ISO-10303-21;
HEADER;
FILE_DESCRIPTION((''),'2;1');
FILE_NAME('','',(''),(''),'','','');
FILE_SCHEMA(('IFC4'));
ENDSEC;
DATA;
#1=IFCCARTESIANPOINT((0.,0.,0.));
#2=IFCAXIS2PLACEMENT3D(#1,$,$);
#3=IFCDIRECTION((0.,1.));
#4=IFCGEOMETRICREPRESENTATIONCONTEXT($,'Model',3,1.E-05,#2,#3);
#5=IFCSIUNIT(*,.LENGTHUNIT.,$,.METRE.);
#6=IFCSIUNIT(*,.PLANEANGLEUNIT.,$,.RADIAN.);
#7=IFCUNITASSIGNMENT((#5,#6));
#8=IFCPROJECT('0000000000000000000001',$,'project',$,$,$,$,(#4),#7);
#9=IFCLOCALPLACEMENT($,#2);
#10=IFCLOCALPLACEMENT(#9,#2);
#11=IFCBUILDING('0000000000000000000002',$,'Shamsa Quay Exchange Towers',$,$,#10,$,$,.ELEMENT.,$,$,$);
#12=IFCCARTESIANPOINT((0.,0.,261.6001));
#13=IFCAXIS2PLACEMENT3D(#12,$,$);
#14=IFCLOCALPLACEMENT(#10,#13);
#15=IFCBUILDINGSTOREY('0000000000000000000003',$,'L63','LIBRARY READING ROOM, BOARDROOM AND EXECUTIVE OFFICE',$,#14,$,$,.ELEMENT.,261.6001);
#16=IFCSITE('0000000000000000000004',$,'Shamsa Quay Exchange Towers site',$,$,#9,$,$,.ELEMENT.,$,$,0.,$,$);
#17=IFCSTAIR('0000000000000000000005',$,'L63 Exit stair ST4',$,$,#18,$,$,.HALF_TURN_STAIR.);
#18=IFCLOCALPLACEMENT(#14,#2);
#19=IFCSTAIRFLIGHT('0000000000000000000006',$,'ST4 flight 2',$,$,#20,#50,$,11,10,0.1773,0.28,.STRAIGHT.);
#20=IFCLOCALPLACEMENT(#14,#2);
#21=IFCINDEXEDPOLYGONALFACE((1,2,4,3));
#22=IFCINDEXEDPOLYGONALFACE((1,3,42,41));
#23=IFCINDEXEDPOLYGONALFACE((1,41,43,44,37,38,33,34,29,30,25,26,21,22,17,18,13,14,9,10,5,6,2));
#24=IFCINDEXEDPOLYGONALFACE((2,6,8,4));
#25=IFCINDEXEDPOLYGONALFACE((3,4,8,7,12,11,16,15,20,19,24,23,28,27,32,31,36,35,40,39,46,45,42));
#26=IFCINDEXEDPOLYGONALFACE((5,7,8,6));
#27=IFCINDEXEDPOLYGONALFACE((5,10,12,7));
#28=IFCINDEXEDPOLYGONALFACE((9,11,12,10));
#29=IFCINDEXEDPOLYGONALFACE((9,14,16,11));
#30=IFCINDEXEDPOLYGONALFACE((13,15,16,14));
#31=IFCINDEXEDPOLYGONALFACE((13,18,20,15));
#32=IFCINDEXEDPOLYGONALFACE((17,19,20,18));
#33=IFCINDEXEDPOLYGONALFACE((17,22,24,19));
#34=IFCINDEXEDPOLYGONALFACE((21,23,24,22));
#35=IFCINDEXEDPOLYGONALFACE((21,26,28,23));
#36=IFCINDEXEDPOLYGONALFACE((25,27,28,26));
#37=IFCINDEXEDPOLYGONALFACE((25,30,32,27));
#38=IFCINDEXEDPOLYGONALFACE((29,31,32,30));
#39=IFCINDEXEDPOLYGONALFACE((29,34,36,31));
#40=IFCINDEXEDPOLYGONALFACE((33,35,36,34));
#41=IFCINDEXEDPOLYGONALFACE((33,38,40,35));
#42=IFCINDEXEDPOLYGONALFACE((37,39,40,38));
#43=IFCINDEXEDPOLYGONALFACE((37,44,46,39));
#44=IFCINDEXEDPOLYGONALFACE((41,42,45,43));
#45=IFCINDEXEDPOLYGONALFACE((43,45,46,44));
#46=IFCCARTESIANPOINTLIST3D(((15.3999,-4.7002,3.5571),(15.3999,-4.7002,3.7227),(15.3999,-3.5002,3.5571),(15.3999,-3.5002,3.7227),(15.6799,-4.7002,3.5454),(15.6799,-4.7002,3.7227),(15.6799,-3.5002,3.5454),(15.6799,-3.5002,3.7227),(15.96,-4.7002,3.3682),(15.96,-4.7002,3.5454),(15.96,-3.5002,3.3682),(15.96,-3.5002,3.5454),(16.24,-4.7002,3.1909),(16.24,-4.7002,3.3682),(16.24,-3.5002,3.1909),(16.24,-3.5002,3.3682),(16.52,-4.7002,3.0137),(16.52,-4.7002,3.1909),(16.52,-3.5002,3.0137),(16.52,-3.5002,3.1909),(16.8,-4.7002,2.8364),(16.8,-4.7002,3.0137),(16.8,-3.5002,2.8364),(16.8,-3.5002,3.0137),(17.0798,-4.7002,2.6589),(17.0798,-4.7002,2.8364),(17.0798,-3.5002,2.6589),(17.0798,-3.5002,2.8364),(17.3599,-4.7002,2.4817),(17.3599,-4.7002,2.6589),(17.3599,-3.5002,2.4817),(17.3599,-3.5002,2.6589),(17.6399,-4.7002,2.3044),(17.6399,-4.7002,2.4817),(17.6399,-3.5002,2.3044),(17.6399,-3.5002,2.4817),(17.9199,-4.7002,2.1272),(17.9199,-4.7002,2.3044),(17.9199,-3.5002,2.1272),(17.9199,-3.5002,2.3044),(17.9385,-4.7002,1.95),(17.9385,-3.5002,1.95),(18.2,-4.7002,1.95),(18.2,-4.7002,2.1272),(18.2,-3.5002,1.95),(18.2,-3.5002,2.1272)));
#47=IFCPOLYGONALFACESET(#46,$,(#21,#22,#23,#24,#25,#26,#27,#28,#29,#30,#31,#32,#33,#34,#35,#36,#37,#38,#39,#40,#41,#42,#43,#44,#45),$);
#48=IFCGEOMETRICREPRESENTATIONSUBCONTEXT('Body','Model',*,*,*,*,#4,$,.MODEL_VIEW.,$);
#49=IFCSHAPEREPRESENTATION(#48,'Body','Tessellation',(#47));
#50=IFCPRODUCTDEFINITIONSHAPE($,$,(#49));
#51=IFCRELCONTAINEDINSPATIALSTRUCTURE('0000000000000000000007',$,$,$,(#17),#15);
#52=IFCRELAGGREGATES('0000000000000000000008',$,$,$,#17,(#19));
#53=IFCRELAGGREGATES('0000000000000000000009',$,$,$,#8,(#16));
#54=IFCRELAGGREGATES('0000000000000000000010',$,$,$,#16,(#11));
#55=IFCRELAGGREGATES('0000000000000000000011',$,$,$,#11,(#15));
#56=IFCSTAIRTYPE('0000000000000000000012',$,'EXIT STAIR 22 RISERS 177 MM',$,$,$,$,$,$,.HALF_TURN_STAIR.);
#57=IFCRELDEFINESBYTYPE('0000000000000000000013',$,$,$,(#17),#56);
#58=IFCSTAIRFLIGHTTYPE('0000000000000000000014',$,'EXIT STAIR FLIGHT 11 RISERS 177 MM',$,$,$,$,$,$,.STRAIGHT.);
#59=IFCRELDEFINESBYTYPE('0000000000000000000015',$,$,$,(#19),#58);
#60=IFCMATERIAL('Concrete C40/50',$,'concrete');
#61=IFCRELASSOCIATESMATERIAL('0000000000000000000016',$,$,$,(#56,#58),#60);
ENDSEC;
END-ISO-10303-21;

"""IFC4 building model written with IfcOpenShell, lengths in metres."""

from ifc_helpers import new_model, si_unit, direction, frame, origin, place, context, subcontext, project, spatial, polyline, outline, extrude, material, type_object, element, aggregate, save


model = new_model("IFC4")

# Units and contexts
model_context = context("Model", 3, precision=1e-05, world=origin(), true_north=direction((0.0, 1.0)))
body_context = subcontext(model_context, "Body", "Model", "MODEL_VIEW")
ifc_project = project(units=[si_unit("LENGTHUNIT", "METRE"), si_unit("PLANEANGLEUNIT", "RADIAN")], contexts=[model_context])

# Site, building, storey
site_placement = place(None, origin())
site = spatial("IfcSite", under=ifc_project, at=site_placement, Name="Shamsa Quay Exchange Towers site", CompositionType="ELEMENT", RefElevation=0.0)
building_placement = place(site_placement, origin())
building = spatial("IfcBuilding", under=site, at=building_placement, Name="Shamsa Quay Exchange Towers", CompositionType="ELEMENT")
storey_placement = place(building_placement, frame((0.0, 0.0, 261.6001)))
storey = spatial("IfcBuildingStorey", under=building, at=storey_placement, Name="L63", Description="LIBRARY READING ROOM, BOARDROOM AND EXECUTIVE OFFICE", CompositionType="ELEMENT", Elevation=261.6001)

# Stair, stair flight
ifc_material_1 = material(Name="Concrete C40/50", Category="concrete")
stair_type = type_object("IfcStairType", Name="EXIT STAIR 22 RISERS 177 MM", PredefinedType="HALF_TURN_STAIR", material=ifc_material_1)
stair_placement = place(storey_placement, origin())
stair = element("IfcStair", 1, at=stair_placement, inside=storey, type_object=stair_type, Name="L63 Exit stair ST4", PredefinedType="HALF_TURN_STAIR")
stair_flight_type = type_object("IfcStairFlightType", Name="EXIT STAIR FLIGHT 11 RISERS 177 MM", PredefinedType="STRAIGHT", material=ifc_material_1)
stair_flight_placement = place(storey_placement, frame((18.2, -4.1001, 1.95), z_axis=(0.0, 0.0, 1.0), x_axis=(-1.0, 0.0, 0.0)))
stair_flight = element("IfcStairFlight", 2, at=stair_flight_placement, type_object=stair_flight_type, Name="ST4 flight 2", NumberOfRisers=11, NumberOfTreads=10, PredefinedType="STRAIGHT", RiserHeight=0.1773, TreadLength=0.28, context=body_context, shape_type="SweptSolid", body=[
    extrude(outline(polyline([(0.0, 0.0), (0.0, 0.1772), (0.28, 0.1772), (0.28, 0.3545), (0.5601, 0.3545), (0.5601, 0.5317), (0.8401, 0.5317), (0.8401, 0.709), (1.1201, 0.709), (1.1201, 0.8865), (1.3999, 0.8865), (1.3999, 1.0637), (1.6799, 1.0637), (1.6799, 1.241), (1.96, 1.241), (1.96, 1.4182), (2.24, 1.4182), (2.24, 1.5955), (2.52, 1.5955), (2.52, 1.7727), (2.8, 1.7727), (2.8, 1.95), (2.8, 1.6072), (0.2615, 0.0), (0.0, 0.0)])), frame((0.0, 0.6001, 0.0), z_axis=(0.0, -1.0, 0.0), x_axis=(1.0, 0.0, 0.0)), (0.0, 0.0, 1.0), 1.2),
])
aggregate(stair, [stair_flight])

save(model, "model.ifc")
